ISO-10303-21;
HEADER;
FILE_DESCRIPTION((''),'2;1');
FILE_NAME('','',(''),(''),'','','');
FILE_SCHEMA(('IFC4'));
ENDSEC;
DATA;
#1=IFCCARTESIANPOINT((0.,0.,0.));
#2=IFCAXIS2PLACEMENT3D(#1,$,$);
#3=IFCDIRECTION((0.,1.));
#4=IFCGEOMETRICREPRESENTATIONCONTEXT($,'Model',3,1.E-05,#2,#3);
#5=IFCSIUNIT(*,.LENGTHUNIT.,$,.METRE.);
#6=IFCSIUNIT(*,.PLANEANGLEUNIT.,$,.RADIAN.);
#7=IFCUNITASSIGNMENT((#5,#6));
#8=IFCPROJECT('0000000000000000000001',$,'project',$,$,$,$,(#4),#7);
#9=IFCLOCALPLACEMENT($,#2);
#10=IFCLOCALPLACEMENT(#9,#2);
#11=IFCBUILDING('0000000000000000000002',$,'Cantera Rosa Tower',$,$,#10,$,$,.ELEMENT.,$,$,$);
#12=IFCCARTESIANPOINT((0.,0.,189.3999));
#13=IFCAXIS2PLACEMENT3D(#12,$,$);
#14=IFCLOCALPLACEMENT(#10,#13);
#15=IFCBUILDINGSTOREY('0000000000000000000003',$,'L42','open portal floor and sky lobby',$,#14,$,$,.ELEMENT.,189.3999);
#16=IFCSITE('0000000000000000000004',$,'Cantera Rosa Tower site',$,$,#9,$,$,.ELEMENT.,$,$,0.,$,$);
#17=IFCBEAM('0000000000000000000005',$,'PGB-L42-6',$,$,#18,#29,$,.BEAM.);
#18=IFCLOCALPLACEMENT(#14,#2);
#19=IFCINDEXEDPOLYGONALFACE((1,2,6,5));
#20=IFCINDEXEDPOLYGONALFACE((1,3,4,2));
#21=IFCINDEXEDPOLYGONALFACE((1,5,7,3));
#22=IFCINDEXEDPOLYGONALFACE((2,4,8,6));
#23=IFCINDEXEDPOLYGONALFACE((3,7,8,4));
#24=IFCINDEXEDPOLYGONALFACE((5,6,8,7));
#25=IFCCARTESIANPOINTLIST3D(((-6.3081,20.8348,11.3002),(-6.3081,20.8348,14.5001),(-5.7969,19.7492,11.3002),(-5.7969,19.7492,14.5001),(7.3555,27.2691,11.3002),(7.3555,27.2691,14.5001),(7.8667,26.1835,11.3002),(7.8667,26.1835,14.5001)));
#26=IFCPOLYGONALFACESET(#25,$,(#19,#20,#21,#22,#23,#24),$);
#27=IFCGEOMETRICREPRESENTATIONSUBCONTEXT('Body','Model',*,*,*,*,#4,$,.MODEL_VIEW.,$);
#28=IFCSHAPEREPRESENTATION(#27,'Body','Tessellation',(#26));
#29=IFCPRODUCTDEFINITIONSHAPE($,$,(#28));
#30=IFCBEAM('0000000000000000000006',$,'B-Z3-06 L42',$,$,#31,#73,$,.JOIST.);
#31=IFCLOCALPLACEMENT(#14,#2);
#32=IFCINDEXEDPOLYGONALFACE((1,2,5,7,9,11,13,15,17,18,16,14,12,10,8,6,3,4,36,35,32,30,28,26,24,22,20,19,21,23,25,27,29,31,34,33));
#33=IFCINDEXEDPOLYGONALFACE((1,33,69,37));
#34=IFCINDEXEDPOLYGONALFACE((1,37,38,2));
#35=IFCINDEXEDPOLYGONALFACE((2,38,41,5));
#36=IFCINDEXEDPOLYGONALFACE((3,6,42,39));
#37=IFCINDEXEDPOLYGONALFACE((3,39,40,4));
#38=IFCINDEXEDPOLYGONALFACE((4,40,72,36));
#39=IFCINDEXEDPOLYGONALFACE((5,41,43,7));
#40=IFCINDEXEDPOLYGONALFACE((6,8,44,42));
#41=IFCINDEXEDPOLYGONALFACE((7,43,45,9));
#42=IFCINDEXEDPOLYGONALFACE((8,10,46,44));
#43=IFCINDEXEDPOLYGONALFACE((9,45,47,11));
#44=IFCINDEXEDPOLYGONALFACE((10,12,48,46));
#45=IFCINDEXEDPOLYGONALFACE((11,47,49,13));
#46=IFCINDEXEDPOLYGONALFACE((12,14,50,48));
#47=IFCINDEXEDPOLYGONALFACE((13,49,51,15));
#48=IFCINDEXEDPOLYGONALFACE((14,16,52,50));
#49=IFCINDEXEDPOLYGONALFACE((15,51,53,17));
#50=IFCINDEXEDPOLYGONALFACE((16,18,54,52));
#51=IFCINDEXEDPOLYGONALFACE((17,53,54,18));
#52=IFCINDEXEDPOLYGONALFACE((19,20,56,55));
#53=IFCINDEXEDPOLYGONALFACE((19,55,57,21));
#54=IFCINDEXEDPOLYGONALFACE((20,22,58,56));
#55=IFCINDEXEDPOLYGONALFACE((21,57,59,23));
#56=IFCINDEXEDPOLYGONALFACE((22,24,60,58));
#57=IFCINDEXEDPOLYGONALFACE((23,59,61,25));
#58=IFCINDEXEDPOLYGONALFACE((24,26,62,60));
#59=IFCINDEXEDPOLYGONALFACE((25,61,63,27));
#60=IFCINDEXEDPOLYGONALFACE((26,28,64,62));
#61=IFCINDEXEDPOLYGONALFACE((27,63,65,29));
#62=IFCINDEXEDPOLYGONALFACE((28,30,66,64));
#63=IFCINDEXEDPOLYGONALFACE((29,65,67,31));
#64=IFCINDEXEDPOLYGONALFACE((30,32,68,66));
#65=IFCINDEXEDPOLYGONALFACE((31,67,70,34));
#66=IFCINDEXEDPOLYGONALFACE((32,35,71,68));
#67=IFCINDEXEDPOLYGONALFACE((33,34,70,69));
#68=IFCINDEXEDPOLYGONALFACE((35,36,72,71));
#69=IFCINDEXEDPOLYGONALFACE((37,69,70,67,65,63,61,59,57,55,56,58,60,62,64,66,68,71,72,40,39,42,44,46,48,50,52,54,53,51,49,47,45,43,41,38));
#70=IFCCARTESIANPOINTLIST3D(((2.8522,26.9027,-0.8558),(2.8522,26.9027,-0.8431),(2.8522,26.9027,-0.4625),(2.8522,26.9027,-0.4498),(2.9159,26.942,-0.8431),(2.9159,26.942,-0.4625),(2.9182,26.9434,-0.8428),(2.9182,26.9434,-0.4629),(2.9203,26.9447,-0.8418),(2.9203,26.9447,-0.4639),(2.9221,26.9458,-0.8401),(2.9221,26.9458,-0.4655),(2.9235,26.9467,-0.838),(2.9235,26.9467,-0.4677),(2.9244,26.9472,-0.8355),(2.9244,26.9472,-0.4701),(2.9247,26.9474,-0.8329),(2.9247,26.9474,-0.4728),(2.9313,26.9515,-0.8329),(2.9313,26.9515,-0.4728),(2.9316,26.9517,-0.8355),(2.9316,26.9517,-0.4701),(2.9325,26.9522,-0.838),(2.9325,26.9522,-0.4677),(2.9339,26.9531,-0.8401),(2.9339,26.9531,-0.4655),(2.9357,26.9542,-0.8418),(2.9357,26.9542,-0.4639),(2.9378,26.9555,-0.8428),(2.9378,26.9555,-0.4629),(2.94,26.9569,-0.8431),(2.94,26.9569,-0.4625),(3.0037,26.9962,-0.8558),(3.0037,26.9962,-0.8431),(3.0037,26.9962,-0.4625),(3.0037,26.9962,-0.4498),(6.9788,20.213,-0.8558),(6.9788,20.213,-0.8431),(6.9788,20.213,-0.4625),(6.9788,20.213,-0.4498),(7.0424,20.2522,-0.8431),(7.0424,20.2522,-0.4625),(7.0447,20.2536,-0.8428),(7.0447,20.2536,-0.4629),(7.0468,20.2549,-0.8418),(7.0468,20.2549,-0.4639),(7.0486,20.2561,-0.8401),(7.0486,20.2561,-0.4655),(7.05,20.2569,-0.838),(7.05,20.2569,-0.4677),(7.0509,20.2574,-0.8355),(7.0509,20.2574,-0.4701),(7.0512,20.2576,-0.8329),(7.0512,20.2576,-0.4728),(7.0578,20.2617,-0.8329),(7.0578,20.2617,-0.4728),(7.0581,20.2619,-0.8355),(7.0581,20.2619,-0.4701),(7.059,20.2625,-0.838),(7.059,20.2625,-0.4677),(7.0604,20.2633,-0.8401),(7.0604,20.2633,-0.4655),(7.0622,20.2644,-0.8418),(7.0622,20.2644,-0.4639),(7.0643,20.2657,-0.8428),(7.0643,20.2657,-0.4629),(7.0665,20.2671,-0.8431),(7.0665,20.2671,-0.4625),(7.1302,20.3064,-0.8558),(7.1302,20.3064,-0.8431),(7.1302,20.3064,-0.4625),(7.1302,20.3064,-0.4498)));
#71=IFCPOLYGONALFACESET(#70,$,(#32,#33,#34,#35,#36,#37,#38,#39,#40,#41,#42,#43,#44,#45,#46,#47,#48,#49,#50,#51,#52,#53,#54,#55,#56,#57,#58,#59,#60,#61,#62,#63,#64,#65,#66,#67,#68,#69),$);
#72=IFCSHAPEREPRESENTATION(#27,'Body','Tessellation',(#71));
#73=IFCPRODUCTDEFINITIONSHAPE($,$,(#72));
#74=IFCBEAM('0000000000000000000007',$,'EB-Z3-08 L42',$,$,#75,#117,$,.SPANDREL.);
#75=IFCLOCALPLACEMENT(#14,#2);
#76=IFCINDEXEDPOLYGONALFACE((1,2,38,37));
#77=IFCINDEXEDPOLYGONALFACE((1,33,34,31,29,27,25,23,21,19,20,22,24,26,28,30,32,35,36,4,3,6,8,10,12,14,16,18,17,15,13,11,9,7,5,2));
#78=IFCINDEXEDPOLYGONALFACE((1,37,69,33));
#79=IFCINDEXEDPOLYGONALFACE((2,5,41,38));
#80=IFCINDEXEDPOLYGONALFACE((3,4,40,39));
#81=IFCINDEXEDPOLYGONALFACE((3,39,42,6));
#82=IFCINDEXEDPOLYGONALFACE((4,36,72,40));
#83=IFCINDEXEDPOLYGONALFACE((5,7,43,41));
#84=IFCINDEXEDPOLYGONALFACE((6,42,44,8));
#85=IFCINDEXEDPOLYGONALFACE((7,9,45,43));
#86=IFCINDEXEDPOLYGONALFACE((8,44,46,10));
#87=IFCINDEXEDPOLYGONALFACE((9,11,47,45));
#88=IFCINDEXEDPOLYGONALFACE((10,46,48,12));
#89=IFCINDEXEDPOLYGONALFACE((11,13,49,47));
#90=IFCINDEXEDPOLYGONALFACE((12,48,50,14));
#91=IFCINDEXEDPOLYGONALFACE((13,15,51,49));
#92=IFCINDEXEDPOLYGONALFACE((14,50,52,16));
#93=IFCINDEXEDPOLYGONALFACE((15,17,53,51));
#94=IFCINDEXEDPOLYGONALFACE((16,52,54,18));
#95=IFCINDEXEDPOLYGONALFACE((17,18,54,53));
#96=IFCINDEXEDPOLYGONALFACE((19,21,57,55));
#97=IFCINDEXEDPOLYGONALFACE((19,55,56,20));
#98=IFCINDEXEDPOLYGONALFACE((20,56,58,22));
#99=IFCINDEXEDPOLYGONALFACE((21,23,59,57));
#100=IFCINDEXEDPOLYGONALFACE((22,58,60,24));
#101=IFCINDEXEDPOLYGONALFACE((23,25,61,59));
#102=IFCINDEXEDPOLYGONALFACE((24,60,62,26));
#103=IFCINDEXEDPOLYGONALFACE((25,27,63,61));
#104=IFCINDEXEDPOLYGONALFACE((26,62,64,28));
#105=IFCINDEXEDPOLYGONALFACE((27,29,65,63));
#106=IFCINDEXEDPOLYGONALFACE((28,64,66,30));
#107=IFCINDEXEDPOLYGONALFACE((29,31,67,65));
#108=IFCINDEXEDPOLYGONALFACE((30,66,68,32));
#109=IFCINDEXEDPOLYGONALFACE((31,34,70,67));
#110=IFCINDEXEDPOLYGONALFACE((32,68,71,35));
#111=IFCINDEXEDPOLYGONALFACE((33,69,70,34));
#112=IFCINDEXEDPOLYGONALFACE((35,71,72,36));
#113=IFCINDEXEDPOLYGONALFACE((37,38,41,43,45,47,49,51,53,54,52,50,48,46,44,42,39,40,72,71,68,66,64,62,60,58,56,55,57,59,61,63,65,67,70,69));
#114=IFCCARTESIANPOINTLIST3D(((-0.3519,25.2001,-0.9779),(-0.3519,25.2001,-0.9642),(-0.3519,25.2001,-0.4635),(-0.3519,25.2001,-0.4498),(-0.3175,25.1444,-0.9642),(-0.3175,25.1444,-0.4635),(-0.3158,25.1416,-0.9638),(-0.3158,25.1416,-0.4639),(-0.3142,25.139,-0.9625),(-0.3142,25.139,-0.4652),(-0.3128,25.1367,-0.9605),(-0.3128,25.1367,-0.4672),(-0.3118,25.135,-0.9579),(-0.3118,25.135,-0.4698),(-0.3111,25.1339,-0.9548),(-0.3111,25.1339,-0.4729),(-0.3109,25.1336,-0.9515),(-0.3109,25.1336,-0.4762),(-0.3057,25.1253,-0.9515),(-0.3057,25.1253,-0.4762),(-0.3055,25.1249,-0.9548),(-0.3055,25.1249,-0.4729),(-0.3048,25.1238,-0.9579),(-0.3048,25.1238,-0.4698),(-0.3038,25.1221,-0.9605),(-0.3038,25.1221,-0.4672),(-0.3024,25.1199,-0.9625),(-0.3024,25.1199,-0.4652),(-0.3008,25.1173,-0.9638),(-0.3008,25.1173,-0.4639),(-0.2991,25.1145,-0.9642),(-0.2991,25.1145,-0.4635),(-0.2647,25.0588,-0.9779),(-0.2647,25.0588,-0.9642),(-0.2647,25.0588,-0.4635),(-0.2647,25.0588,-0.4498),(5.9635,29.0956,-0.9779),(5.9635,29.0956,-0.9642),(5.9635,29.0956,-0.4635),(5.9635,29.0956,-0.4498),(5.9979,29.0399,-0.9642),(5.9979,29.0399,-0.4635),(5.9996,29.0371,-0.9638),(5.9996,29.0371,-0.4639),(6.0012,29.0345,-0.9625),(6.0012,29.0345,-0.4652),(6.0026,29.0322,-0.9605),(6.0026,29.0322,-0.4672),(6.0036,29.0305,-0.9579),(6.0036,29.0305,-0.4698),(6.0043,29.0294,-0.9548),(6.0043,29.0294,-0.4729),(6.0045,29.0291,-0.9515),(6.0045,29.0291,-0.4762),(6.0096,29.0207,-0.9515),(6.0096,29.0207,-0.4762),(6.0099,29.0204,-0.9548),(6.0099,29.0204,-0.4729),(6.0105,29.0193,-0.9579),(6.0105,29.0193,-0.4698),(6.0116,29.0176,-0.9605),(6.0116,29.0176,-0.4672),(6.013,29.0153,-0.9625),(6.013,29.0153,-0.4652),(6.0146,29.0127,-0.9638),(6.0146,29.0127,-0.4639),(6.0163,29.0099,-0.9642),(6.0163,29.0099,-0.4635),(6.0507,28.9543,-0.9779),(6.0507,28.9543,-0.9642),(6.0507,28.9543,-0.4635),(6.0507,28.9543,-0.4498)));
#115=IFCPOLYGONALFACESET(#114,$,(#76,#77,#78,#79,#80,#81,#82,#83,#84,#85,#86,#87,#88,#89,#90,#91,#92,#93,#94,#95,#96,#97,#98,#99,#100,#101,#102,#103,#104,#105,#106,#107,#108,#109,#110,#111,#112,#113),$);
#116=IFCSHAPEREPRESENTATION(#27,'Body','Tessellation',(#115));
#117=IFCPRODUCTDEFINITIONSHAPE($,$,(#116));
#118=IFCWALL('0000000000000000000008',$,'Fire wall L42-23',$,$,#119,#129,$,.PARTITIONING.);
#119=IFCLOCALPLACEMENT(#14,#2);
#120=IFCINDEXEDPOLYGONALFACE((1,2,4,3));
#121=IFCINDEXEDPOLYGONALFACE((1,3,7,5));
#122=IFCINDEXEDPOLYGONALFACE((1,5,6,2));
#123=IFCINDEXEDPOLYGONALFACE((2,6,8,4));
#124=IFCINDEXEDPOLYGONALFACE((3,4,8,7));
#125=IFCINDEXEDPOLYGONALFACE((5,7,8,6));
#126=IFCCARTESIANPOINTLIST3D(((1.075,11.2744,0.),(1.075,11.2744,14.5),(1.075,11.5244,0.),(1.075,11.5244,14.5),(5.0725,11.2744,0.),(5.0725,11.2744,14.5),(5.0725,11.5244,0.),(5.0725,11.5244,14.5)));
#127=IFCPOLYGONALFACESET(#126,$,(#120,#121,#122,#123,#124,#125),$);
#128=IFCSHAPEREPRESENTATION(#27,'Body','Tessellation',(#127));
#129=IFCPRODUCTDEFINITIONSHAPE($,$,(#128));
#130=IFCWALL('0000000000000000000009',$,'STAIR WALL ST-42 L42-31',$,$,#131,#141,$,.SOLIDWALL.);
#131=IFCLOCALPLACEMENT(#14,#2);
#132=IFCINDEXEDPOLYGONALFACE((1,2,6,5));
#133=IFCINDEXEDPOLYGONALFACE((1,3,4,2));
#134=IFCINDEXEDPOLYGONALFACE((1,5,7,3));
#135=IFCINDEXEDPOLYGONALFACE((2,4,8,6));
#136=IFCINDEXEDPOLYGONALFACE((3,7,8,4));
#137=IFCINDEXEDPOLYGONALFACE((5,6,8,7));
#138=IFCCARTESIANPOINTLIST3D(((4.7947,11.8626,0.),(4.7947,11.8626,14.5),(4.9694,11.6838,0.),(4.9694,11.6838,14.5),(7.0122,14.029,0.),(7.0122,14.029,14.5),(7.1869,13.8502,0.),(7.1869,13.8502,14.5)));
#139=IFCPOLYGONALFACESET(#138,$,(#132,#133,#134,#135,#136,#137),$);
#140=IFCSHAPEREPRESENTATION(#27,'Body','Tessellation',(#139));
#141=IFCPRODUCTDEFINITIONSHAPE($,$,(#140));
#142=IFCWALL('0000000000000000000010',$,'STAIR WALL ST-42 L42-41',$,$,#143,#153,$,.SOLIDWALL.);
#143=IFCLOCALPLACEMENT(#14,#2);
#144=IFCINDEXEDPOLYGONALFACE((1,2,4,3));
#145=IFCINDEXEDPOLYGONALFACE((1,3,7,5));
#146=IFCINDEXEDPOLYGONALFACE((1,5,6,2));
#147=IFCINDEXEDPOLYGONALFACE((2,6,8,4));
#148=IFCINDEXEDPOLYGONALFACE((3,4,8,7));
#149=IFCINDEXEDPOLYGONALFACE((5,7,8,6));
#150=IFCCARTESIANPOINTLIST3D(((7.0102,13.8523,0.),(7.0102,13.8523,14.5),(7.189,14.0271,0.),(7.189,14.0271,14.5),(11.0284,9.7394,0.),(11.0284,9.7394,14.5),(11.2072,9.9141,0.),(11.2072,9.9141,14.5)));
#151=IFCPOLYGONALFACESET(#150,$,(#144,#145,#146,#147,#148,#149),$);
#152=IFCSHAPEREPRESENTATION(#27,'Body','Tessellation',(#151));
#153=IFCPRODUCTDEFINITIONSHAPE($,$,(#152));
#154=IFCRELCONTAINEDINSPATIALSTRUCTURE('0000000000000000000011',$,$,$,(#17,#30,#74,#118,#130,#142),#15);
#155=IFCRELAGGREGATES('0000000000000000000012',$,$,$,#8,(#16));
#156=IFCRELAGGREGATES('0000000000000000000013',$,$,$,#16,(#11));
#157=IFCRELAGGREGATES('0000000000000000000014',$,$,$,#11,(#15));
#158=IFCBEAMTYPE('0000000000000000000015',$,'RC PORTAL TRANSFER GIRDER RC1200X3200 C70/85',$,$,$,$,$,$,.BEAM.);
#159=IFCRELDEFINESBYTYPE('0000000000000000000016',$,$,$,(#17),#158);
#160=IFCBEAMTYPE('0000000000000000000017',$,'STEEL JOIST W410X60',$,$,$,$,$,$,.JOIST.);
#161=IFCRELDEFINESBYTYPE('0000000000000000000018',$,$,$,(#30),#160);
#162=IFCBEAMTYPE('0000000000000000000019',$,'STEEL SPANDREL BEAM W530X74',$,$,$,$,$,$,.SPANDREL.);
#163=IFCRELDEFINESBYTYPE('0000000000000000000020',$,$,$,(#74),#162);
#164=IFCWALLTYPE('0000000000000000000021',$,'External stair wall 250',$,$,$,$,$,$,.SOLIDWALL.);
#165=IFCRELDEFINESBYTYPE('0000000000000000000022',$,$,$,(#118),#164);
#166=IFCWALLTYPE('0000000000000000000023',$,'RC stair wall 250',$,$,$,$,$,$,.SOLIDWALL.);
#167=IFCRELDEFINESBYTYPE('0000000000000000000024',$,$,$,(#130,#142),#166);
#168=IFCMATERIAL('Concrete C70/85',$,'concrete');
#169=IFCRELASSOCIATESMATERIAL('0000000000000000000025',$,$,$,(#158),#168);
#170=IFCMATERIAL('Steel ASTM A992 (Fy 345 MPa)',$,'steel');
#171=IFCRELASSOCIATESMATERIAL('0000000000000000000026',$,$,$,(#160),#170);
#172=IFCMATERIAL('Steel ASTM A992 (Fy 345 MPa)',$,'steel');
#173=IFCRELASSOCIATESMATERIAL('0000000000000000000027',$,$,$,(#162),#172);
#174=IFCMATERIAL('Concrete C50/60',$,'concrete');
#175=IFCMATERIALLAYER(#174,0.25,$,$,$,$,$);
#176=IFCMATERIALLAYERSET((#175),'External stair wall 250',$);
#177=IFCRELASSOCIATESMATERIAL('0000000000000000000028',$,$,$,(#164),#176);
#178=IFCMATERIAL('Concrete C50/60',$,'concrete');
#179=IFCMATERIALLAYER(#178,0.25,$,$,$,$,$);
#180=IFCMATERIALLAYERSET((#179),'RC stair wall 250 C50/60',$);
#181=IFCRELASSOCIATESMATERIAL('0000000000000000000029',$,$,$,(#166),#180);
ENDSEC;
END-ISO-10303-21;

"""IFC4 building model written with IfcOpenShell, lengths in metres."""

from ifc_helpers import new_model, si_unit, direction, frame, frame_2d, origin, origin_2d, place, context, subcontext, project, spatial, rectangle, i_section, extrude, material, layer, layer_set, material_profile, profile_set, type_object, element, save


model = new_model("IFC4")

# Units and contexts
model_context = context("Model", 3, precision=1e-05, world=origin(), true_north=direction((0.0, 1.0)))
body_context = subcontext(model_context, "Body", "Model", "MODEL_VIEW")
ifc_project = project(units=[si_unit("LENGTHUNIT", "METRE"), si_unit("PLANEANGLEUNIT", "RADIAN")], contexts=[model_context])

# Site, building, storey
site_placement = place(None, origin())
site = spatial("IfcSite", under=ifc_project, at=site_placement, Name="Cantera Rosa Tower site", CompositionType="ELEMENT", RefElevation=0.0)
building_placement = place(site_placement, origin())
building = spatial("IfcBuilding", under=site, at=building_placement, Name="Cantera Rosa Tower", CompositionType="ELEMENT")
storey_placement = place(building_placement, frame((0.0, 0.0, 189.3999)))
storey = spatial("IfcBuildingStorey", under=building, at=storey_placement, Name="L42", Description="open portal floor and sky lobby", CompositionType="ELEMENT", Elevation=189.3999)

# Beams
ifc_material_1 = material(Name="Concrete C70/85", Category="concrete")
ifc_material_profile_1 = material_profile(ifc_material_1, rectangle(XDim=1.2, YDim=3.2, at=origin_2d()), Name="RC PORTAL TRANSFER GIRDER RC1200X3200 C70/85")
ifc_profile_set_1 = profile_set([ifc_material_profile_1], Name="Concrete C70/85")
beam_type_1 = type_object("IfcBeamType", Name="RC PORTAL TRANSFER GIRDER RC1200X3200 C70/85", PredefinedType="BEAM", material=ifc_profile_set_1)
beam_1_placement = place(storey_placement, frame((7.6111, 26.7263, 12.9001), z_axis=(-0.904706, -0.426036, 0.0), x_axis=(0.426036, -0.904706, 0.0)))
element("IfcBeam", 1, at=beam_1_placement, inside=storey, type_object=beam_type_1, Name="PGB-L42-6", PredefinedType="BEAM", context=body_context, shape_type="SweptSolid", body=[
    extrude(rectangle(XDim=1.2, YDim=3.2, at=origin_2d()), origin(), (0.0, 0.0, 1.0), 15.1028),
])
ifc_material_2 = material(Name="Steel ASTM A992 (Fy 345 MPa)", Category="steel")
ifc_material_profile_2 = material_profile(ifc_material_2, i_section(OverallWidth=0.178, OverallDepth=0.406, WebThickness=0.0078, FlangeThickness=0.0127, FilletRadius=0.0103, at=origin_2d()), Name="W410X60")
ifc_profile_set_2 = profile_set([ifc_material_profile_2], Name="Steel ASTM A992 (Fy 345 MPa)")
beam_type_2 = type_object("IfcBeamType", Name="STEEL JOIST W410X60", PredefinedType="JOIST", material=ifc_profile_set_2)
beam_2_placement = place(storey_placement, frame((2.928, 26.9495, -0.6528), z_axis=(0.524995, -0.851105, 0.0), x_axis=(0.851105, 0.524995, 0.0)))
element("IfcBeam", 2, at=beam_2_placement, inside=storey, type_object=beam_type_2, Name="B-Z3-06 L42", PredefinedType="JOIST", context=body_context, shape_type="SweptSolid", body=[
    extrude(i_section(OverallWidth=0.178, OverallDepth=0.406, WebThickness=0.0078, FlangeThickness=0.0127, FilletRadius=0.0103, at=origin_2d()), origin(), (0.0, 0.0, 1.0), 7.8601),
])
ifc_material_3 = material(Name="Steel ASTM A992 (Fy 345 MPa)", Category="steel")
ifc_material_profile_3 = material_profile(ifc_material_3, i_section(OverallWidth=0.166, OverallDepth=0.5281, WebThickness=0.0098, FlangeThickness=0.0137, FilletRadius=0.0127, at=origin_2d()), Name="W530X74")
ifc_profile_set_3 = profile_set([ifc_material_profile_3], Name="Steel ASTM A992 (Fy 345 MPa)")
beam_type_3 = type_object("IfcBeamType", Name="STEEL SPANDREL BEAM W530X74", PredefinedType="SPANDREL", material=ifc_profile_set_3)
beam_3_placement = place(storey_placement, frame((6.0071, 29.0249, -0.7139), z_axis=(-0.851111, -0.524986, 0.0), x_axis=(0.524986, -0.851111, 0.0)))
element("IfcBeam", 3, at=beam_3_placement, inside=storey, type_object=beam_type_3, Name="EB-Z3-08 L42", PredefinedType="SPANDREL", context=body_context, shape_type="SweptSolid", body=[
    extrude(i_section(OverallWidth=0.166, OverallDepth=0.5281, WebThickness=0.0098, FlangeThickness=0.0137, FilletRadius=0.0127, at=origin_2d()), origin(), (0.0, 0.0, 1.0), 7.4202),
])

# Walls
ifc_material_4 = material(Name="Concrete C50/60", Category="concrete")
ifc_layer_1 = layer(ifc_material_4, 0.25)
ifc_layer_set_1 = layer_set([ifc_layer_1], Name="External stair wall 250")
wall_type_1 = type_object("IfcWallType", Name="External stair wall 250", PredefinedType="SOLIDWALL", material=ifc_layer_set_1)
wall_1_placement = place(storey_placement, frame((1.075, 11.3994, 0.0), z_axis=(0.0, 0.0, 1.0), x_axis=(1.0, 0.0, 0.0)))
element("IfcWall", 4, at=wall_1_placement, inside=storey, type_object=wall_type_1, Name="Fire wall L42-23", PredefinedType="PARTITIONING", context=body_context, shape_type="SweptSolid", body=[
    extrude(rectangle(XDim=3.9976, YDim=0.25, at=frame_2d((1.9988, 0.0))), origin(), (0.0, 0.0, 1.0), 14.5),
])
ifc_material_5 = material(Name="Concrete C50/60", Category="concrete")
ifc_layer_2 = layer(ifc_material_5, 0.25)
ifc_layer_set_2 = layer_set([ifc_layer_2], Name="RC stair wall 250 C50/60")
wall_type_2 = type_object("IfcWallType", Name="RC stair wall 250", PredefinedType="SOLIDWALL", material=ifc_layer_set_2)
wall_2_placement = place(storey_placement, frame((4.8821, 11.7732, 0.0), z_axis=(0.0, 0.0, 1.0), x_axis=(0.715288, 0.698829, 0.0)))
element("IfcWall", 5, at=wall_2_placement, inside=storey, type_object=wall_type_2, Name="STAIR WALL ST-42 L42-31", PredefinedType="SOLIDWALL", context=body_context, shape_type="SweptSolid", body=[
    extrude(rectangle(XDim=3.1001, YDim=0.25, at=frame_2d((1.55, 0.0))), origin(), (0.0, 0.0, 1.0), 14.5),
])
wall_3_placement = place(storey_placement, frame((7.0996, 13.9397, 0.0), z_axis=(0.0, 0.0, 1.0), x_axis=(0.698822, -0.715296, 0.0)))
element("IfcWall", 6, at=wall_3_placement, inside=storey, type_object=wall_type_2, Name="STAIR WALL ST-42 L42-41", PredefinedType="SOLIDWALL", context=body_context, shape_type="SweptSolid", body=[
    extrude(rectangle(XDim=5.75, YDim=0.25, at=frame_2d((2.875, 0.0))), origin(), (0.0, 0.0, 1.0), 14.5),
])

save(model, "model.ifc")
